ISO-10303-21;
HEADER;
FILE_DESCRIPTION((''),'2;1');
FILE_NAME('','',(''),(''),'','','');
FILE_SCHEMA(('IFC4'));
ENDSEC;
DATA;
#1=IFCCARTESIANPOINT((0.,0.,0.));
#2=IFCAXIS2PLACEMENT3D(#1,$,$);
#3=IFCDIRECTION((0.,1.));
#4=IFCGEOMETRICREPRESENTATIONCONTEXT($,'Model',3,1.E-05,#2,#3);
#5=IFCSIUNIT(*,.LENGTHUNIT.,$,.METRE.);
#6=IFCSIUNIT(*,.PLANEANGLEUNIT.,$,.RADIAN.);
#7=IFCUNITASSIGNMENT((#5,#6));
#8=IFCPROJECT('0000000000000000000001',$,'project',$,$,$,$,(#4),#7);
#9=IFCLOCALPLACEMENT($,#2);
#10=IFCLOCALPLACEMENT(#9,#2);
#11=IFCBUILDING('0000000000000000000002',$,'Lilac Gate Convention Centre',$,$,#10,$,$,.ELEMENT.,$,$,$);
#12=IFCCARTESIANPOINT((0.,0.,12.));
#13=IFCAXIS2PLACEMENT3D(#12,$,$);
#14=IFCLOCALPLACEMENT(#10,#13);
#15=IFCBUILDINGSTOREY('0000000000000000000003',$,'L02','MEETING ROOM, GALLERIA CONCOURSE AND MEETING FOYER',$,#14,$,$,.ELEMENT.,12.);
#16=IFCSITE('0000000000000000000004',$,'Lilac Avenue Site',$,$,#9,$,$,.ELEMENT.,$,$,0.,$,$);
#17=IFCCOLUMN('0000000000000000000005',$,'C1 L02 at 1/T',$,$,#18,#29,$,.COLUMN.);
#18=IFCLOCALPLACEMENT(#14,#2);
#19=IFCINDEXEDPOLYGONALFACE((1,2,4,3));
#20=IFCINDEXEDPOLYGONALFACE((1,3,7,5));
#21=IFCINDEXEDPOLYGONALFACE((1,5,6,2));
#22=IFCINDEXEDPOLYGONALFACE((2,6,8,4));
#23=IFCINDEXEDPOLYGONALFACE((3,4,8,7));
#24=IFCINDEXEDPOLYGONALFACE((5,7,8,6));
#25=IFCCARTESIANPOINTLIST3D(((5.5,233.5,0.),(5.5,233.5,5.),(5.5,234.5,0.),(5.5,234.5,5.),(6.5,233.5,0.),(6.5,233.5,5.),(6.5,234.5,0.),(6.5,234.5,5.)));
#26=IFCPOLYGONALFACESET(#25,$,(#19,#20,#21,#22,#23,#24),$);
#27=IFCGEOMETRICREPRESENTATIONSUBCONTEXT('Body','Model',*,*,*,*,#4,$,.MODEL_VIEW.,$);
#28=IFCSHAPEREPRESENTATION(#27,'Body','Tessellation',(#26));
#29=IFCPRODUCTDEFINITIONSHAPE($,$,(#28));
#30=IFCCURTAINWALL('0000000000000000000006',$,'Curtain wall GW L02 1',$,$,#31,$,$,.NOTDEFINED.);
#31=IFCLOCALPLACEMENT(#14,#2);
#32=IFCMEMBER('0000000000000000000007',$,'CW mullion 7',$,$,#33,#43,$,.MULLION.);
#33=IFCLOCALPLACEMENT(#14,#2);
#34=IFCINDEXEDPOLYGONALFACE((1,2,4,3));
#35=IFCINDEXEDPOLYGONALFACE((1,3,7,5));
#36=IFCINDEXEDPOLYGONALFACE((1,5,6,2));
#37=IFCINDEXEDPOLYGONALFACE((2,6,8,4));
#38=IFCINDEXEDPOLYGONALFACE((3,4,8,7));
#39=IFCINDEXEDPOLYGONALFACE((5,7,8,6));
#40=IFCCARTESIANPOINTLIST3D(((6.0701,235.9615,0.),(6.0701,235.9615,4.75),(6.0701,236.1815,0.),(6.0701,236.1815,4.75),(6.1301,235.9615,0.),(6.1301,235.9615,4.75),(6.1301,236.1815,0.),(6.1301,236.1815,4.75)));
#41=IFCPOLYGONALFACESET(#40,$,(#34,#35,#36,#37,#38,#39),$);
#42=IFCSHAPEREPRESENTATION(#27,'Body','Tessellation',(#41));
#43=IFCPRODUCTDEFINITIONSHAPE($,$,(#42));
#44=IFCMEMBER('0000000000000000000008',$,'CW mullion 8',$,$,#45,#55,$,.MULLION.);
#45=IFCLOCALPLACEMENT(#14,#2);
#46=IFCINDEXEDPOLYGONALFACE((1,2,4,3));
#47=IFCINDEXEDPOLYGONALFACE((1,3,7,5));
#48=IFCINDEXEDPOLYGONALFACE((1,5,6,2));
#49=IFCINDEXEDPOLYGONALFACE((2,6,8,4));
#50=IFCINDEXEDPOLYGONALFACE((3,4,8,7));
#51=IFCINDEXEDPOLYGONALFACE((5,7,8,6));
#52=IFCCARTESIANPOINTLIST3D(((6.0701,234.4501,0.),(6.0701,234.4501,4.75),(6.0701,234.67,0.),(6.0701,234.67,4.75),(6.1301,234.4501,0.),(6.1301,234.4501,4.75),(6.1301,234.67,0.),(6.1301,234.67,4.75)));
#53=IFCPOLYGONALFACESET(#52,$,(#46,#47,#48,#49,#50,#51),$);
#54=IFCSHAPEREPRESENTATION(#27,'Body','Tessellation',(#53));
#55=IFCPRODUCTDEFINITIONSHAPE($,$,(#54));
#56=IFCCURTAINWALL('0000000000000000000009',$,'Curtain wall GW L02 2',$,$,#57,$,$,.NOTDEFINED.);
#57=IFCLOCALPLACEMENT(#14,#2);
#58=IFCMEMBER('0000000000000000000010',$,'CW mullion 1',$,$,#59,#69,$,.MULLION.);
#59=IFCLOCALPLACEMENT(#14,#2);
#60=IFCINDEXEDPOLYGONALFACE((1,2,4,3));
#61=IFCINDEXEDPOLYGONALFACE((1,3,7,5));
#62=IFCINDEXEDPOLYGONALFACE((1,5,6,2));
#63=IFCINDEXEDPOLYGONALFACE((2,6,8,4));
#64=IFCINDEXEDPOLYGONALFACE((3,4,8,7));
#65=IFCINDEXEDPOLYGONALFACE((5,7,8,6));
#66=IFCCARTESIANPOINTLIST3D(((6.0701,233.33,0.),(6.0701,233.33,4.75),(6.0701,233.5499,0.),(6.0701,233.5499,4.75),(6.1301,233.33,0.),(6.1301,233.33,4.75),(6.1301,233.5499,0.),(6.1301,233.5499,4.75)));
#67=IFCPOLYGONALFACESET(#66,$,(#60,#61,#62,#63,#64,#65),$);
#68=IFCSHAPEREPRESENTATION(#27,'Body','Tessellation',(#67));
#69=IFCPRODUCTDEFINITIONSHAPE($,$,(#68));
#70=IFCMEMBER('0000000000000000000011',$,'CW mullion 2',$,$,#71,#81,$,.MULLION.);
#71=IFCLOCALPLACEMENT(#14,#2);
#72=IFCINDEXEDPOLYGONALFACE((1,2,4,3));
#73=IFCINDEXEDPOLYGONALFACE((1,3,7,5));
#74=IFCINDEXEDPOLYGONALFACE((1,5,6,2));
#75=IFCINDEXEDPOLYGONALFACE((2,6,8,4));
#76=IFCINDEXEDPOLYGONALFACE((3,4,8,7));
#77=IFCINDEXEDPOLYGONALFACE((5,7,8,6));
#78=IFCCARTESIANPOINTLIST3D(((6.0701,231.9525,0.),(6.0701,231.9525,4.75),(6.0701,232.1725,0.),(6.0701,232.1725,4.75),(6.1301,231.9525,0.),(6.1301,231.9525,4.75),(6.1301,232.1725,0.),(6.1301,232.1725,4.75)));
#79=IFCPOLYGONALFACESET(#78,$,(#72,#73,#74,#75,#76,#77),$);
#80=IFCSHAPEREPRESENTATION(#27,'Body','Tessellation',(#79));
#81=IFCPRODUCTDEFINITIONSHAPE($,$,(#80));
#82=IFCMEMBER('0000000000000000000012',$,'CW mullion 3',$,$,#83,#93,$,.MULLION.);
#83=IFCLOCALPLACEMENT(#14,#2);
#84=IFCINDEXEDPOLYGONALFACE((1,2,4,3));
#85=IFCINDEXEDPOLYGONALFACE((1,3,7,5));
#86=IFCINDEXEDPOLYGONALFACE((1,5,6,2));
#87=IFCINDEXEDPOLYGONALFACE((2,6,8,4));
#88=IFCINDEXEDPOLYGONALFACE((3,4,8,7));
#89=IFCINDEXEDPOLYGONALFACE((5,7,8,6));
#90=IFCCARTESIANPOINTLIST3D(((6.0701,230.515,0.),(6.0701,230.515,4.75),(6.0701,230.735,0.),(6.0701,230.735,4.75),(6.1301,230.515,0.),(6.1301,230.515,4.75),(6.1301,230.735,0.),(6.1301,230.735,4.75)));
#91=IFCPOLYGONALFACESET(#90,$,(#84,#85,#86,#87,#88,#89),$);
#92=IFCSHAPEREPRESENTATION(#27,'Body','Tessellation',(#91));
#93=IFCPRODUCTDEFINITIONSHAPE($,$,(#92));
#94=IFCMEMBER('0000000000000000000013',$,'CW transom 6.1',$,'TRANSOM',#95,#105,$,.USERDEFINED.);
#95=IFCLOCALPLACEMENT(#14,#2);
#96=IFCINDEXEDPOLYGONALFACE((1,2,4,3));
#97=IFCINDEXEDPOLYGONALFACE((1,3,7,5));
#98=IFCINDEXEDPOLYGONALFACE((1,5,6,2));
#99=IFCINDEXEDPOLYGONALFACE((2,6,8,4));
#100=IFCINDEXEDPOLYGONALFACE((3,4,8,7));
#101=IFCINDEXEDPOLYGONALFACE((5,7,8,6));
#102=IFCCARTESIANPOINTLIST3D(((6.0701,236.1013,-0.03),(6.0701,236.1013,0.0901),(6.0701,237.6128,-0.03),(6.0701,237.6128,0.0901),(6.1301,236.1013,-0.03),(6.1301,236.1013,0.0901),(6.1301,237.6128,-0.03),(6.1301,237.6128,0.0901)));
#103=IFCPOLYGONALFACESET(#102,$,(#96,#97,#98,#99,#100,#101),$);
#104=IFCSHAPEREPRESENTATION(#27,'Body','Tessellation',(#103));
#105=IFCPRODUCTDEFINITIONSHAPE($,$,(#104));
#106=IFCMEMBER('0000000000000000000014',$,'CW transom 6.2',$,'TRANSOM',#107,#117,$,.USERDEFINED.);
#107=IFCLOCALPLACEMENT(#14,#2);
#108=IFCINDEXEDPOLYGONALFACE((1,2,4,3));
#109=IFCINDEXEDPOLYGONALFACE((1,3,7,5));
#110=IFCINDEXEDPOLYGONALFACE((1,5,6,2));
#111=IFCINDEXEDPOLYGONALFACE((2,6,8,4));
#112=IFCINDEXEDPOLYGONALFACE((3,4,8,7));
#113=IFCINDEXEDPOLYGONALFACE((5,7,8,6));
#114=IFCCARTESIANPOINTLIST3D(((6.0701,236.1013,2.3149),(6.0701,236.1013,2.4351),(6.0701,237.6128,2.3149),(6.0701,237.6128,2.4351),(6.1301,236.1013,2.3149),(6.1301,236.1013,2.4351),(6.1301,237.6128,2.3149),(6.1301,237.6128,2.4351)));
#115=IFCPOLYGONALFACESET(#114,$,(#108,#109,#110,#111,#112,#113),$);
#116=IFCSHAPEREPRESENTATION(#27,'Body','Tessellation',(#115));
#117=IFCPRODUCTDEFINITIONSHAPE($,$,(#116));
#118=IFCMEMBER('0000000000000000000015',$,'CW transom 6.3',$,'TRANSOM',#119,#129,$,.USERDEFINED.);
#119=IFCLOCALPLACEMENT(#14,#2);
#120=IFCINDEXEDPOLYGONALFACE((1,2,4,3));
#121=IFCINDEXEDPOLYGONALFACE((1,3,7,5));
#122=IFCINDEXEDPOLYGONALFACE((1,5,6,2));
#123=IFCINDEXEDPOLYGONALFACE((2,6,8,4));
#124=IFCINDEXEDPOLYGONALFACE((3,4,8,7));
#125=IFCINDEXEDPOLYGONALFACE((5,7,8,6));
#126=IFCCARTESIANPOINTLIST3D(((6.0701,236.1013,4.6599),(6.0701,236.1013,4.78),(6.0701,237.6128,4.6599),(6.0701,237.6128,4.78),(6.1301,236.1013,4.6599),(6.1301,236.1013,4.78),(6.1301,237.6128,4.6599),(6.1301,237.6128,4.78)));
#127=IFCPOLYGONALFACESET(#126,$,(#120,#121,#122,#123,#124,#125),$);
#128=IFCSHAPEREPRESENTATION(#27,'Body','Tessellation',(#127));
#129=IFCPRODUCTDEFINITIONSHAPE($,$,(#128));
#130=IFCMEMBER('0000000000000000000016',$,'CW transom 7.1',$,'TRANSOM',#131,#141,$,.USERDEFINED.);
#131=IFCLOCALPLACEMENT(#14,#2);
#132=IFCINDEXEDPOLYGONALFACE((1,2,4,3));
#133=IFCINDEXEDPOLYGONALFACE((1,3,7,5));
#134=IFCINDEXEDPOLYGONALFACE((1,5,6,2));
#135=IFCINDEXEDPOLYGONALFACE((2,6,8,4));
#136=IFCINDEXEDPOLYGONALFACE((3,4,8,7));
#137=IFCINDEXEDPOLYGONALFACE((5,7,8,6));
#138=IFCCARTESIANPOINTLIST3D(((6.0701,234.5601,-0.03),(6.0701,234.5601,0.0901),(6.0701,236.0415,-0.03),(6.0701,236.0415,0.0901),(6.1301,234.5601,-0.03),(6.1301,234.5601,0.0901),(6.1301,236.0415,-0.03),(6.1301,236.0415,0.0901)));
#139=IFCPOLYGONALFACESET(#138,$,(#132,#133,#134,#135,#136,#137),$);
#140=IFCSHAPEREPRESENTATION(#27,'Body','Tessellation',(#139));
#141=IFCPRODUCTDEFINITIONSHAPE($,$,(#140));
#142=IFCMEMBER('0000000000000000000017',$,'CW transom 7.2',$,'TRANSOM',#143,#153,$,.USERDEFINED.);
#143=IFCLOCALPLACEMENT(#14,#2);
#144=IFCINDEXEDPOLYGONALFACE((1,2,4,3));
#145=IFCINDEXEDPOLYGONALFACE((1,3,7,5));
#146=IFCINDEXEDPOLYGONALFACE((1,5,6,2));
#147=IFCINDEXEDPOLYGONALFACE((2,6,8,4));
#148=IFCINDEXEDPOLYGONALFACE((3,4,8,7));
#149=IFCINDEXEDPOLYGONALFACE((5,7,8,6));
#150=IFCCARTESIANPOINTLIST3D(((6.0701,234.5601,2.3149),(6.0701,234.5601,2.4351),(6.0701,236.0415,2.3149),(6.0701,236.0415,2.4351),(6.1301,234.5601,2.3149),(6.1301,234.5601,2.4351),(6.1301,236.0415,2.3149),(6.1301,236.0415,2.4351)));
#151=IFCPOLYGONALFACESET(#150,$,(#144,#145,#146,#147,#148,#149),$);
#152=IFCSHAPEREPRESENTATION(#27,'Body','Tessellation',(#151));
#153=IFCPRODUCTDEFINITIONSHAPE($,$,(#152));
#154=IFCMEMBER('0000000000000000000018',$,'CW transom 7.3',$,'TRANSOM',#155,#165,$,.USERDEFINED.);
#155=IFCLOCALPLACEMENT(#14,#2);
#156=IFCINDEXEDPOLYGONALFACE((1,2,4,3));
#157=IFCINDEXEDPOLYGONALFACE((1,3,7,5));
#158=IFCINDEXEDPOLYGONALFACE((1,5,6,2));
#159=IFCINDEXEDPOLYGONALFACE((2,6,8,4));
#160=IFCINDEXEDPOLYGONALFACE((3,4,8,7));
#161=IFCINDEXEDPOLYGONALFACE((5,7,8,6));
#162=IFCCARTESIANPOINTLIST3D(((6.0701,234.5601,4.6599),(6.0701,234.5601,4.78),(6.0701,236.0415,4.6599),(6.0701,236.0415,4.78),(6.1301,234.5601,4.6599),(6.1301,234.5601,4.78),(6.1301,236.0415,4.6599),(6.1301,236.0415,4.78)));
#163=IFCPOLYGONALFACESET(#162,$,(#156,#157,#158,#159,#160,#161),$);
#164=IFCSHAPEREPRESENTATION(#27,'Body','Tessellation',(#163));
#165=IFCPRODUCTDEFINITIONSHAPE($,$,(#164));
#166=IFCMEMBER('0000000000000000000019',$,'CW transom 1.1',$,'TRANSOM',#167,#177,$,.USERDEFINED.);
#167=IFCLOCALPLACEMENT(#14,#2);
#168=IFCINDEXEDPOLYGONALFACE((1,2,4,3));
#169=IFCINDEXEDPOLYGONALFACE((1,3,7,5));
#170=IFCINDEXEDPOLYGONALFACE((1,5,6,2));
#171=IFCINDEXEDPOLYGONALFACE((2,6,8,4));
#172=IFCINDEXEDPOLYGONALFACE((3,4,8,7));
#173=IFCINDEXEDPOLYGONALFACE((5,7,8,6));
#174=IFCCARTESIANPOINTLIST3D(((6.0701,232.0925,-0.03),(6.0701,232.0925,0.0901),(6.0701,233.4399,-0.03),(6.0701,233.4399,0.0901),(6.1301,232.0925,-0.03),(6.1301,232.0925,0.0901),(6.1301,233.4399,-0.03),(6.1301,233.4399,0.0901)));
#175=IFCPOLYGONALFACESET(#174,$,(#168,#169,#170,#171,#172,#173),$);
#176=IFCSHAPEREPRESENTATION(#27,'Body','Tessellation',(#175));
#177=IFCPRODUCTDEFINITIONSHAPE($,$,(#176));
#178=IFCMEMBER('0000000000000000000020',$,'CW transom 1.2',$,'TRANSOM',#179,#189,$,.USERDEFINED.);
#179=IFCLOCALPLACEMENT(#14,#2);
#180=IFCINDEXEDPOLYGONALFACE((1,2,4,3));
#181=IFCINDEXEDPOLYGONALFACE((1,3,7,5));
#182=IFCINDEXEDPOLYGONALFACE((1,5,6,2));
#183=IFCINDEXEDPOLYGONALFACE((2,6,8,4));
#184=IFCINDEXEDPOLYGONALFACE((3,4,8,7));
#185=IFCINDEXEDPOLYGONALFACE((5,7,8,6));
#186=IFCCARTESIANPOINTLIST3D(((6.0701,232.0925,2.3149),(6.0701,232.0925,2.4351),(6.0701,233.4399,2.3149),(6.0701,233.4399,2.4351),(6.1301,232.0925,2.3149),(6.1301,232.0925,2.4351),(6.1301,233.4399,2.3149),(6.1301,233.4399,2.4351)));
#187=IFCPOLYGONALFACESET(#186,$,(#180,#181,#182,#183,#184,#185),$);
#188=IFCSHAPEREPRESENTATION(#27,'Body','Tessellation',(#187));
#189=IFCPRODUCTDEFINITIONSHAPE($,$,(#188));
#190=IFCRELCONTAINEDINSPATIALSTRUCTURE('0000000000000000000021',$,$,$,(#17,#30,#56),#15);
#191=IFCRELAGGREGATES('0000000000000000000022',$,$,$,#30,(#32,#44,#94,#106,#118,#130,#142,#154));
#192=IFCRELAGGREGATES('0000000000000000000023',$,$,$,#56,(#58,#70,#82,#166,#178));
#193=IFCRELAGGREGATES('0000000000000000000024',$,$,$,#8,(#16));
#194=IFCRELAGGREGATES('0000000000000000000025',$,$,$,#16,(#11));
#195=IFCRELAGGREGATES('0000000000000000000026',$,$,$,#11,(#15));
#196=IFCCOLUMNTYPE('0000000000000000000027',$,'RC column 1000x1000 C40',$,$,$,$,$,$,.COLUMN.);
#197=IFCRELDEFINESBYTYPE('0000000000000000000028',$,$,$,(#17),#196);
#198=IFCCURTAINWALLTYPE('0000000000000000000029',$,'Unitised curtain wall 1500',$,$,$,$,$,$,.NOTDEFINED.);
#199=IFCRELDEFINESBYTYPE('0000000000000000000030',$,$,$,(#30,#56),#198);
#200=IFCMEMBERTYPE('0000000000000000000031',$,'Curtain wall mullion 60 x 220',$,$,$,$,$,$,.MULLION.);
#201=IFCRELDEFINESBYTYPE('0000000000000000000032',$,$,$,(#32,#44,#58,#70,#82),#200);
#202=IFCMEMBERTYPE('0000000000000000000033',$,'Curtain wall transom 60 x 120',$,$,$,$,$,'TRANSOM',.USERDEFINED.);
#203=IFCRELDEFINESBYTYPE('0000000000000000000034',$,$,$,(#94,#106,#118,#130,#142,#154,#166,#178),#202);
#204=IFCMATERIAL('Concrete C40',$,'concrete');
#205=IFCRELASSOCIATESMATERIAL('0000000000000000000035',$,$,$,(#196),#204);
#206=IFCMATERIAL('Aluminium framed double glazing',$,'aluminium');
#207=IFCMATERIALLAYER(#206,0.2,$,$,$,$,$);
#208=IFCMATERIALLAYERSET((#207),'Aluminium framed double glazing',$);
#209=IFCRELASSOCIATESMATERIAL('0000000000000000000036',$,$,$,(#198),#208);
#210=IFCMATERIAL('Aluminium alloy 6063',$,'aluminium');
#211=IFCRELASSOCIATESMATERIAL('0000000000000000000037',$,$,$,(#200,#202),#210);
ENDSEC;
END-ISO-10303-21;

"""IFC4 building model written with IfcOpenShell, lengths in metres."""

from ifc_helpers import new_model, si_unit, direction, frame, origin, origin_2d, place, context, subcontext, project, spatial, rectangle, extrude, material, layer, layer_set, material_profile, profile_set, type_object, element, aggregate, save


model = new_model("IFC4")

# Units and contexts
model_context = context("Model", 3, precision=1e-05, world=origin(), true_north=direction((0.0, 1.0)))
body_context = subcontext(model_context, "Body", "Model", "MODEL_VIEW")
ifc_project = project(units=[si_unit("LENGTHUNIT", "METRE"), si_unit("PLANEANGLEUNIT", "RADIAN")], contexts=[model_context])

# Site, building, storey
site_placement = place(None, origin())
site = spatial("IfcSite", under=ifc_project, at=site_placement, Name="Lilac Avenue Site", CompositionType="ELEMENT", RefElevation=0.0)
building_placement = place(site_placement, origin())
building = spatial("IfcBuilding", under=site, at=building_placement, Name="Lilac Gate Convention Centre", CompositionType="ELEMENT")
storey_placement = place(building_placement, frame((0.0, 0.0, 12.0)))
storey = spatial("IfcBuildingStorey", under=building, at=storey_placement, Name="L02", Description="MEETING ROOM, GALLERIA CONCOURSE AND MEETING FOYER", CompositionType="ELEMENT", Elevation=12.0)

# Column
ifc_material_1 = material(Name="Concrete C40", Category="concrete")
ifc_material_profile_1 = material_profile(ifc_material_1, rectangle(XDim=1.0, YDim=1.0, at=origin_2d()), Name="RC 1000x1000")
ifc_profile_set_1 = profile_set([ifc_material_profile_1], Name="Concrete C40")
column_type = type_object("IfcColumnType", Name="RC column 1000x1000 C40", PredefinedType="COLUMN", material=ifc_profile_set_1)
column_placement = place(storey_placement, frame((6.0, 234.0, 0.0), z_axis=(0.0, 0.0, 1.0), x_axis=(1.0, 0.0, 0.0)))
element("IfcColumn", 1, at=column_placement, inside=storey, type_object=column_type, Name="C1 L02 at 1/T", PredefinedType="COLUMN", context=body_context, shape_type="SweptSolid", body=[
    extrude(rectangle(XDim=1.0, YDim=1.0, at=origin_2d()), origin(), (0.0, 0.0, 1.0), 5.0),
])

# Curtain walls, members
ifc_material_2 = material(Name="Aluminium framed double glazing", Category="aluminium")
ifc_layer_1 = layer(ifc_material_2, 0.2)
ifc_layer_set_1 = layer_set([ifc_layer_1], Name="Aluminium framed double glazing")
curtain_wall_type = type_object("IfcCurtainWallType", Name="Unitised curtain wall 1500", PredefinedType="NOTDEFINED", material=ifc_layer_set_1)
curtain_wall_1_placement = place(storey_placement, origin())
curtain_wall_1 = element("IfcCurtainWall", 2, at=curtain_wall_1_placement, inside=storey, type_object=curtain_wall_type, Name="Curtain wall GW L02 1", PredefinedType="NOTDEFINED")
ifc_material_3 = material(Name="Aluminium alloy 6063", Category="aluminium")
ifc_material_profile_2 = material_profile(ifc_material_3, rectangle(XDim=0.0601, YDim=0.22, at=origin_2d()), Name="Curtain wall mullion 60 x 220")
ifc_profile_set_2 = profile_set([ifc_material_profile_2], Name="Aluminium alloy 6063")
member_type_1 = type_object("IfcMemberType", Name="Curtain wall mullion 60 x 220", PredefinedType="MULLION", material=ifc_profile_set_2)
member_1_placement = place(storey_placement, frame((6.1001, 236.0715, 0.0), z_axis=(0.0, 0.0, 1.0), x_axis=(1.0, 0.0, 0.0)))
member_1 = element("IfcMember", 3, at=member_1_placement, type_object=member_type_1, Name="CW mullion 7", PredefinedType="MULLION", context=body_context, shape_type="SweptSolid", body=[
    extrude(rectangle(XDim=0.0601, YDim=0.22, at=origin_2d()), origin(), (0.0, 0.0, 1.0), 4.75),
])
member_2_placement = place(storey_placement, frame((6.1001, 234.5601, 0.0), z_axis=(0.0, 0.0, 1.0), x_axis=(1.0, 0.0, 0.0)))
member_2 = element("IfcMember", 4, at=member_2_placement, type_object=member_type_1, Name="CW mullion 8", PredefinedType="MULLION", context=body_context, shape_type="SweptSolid", body=[
    extrude(rectangle(XDim=0.0601, YDim=0.22, at=origin_2d()), origin(), (0.0, 0.0, 1.0), 4.75),
])
curtain_wall_2_placement = place(storey_placement, origin())
curtain_wall_2 = element("IfcCurtainWall", 5, at=curtain_wall_2_placement, inside=storey, type_object=curtain_wall_type, Name="Curtain wall GW L02 2", PredefinedType="NOTDEFINED")
member_3_placement = place(storey_placement, frame((6.1001, 233.4399, 0.0), z_axis=(0.0, 0.0, 1.0), x_axis=(1.0, 0.0, 0.0)))
member_3 = element("IfcMember", 6, at=member_3_placement, type_object=member_type_1, Name="CW mullion 1", PredefinedType="MULLION", context=body_context, shape_type="SweptSolid", body=[
    extrude(rectangle(XDim=0.0601, YDim=0.22, at=origin_2d()), origin(), (0.0, 0.0, 1.0), 4.75),
])
member_4_placement = place(storey_placement, frame((6.1001, 232.0625, 0.0), z_axis=(0.0, 0.0, 1.0), x_axis=(1.0, 0.0, 0.0)))
member_4 = element("IfcMember", 7, at=member_4_placement, type_object=member_type_1, Name="CW mullion 2", PredefinedType="MULLION", context=body_context, shape_type="SweptSolid", body=[
    extrude(rectangle(XDim=0.0601, YDim=0.22, at=origin_2d()), origin(), (0.0, 0.0, 1.0), 4.75),
])
member_5_placement = place(storey_placement, frame((6.1001, 230.625, 0.0), z_axis=(0.0, 0.0, 1.0), x_axis=(1.0, 0.0, 0.0)))
member_5 = element("IfcMember", 8, at=member_5_placement, type_object=member_type_1, Name="CW mullion 3", PredefinedType="MULLION", context=body_context, shape_type="SweptSolid", body=[
    extrude(rectangle(XDim=0.0601, YDim=0.22, at=origin_2d()), origin(), (0.0, 0.0, 1.0), 4.75),
])

# Members
ifc_material_profile_3 = material_profile(ifc_material_3, rectangle(XDim=0.0601, YDim=0.1201, at=origin_2d()), Name="Curtain wall transom 60 x 120")
ifc_profile_set_3 = profile_set([ifc_material_profile_3], Name="Aluminium alloy 6063")
member_type_2 = type_object("IfcMemberType", Name="Curtain wall transom 60 x 120", ElementType="TRANSOM", PredefinedType="USERDEFINED", material=ifc_profile_set_3)
member_6_placement = place(storey_placement, frame((6.1001, 237.6128, 0.03), z_axis=(0.0, -1.0, 0.0), x_axis=(1.0, 0.0, 0.0)))
member_6 = element("IfcMember", 9, at=member_6_placement, type_object=member_type_2, Name="CW transom 6.1", ObjectType="TRANSOM", PredefinedType="USERDEFINED", context=body_context, shape_type="SweptSolid", body=[
    extrude(rectangle(XDim=0.0601, YDim=0.1201, at=origin_2d()), origin(), (0.0, 0.0, 1.0), 1.5115),
])
member_7_placement = place(storey_placement, frame((6.1001, 237.6128, 2.375), z_axis=(0.0, -1.0, 0.0), x_axis=(1.0, 0.0, 0.0)))
member_7 = element("IfcMember", 10, at=member_7_placement, type_object=member_type_2, Name="CW transom 6.2", ObjectType="TRANSOM", PredefinedType="USERDEFINED", context=body_context, shape_type="SweptSolid", body=[
    extrude(rectangle(XDim=0.0601, YDim=0.1201, at=origin_2d()), origin(), (0.0, 0.0, 1.0), 1.5115),
])
member_8_placement = place(storey_placement, frame((6.1001, 237.6128, 4.72), z_axis=(0.0, -1.0, 0.0), x_axis=(1.0, 0.0, 0.0)))
member_8 = element("IfcMember", 11, at=member_8_placement, type_object=member_type_2, Name="CW transom 6.3", ObjectType="TRANSOM", PredefinedType="USERDEFINED", context=body_context, shape_type="SweptSolid", body=[
    extrude(rectangle(XDim=0.0601, YDim=0.1201, at=origin_2d()), origin(), (0.0, 0.0, 1.0), 1.5115),
])
member_9_placement = place(storey_placement, frame((6.1001, 236.0415, 0.03), z_axis=(0.0, -1.0, 0.0), x_axis=(1.0, 0.0, 0.0)))
member_9 = element("IfcMember", 12, at=member_9_placement, type_object=member_type_2, Name="CW transom 7.1", ObjectType="TRANSOM", PredefinedType="USERDEFINED", context=body_context, shape_type="SweptSolid", body=[
    extrude(rectangle(XDim=0.0601, YDim=0.1201, at=origin_2d()), origin(), (0.0, 0.0, 1.0), 1.4814),
])
member_10_placement = place(storey_placement, frame((6.1001, 236.0415, 2.375), z_axis=(0.0, -1.0, 0.0), x_axis=(1.0, 0.0, 0.0)))
member_10 = element("IfcMember", 13, at=member_10_placement, type_object=member_type_2, Name="CW transom 7.2", ObjectType="TRANSOM", PredefinedType="USERDEFINED", context=body_context, shape_type="SweptSolid", body=[
    extrude(rectangle(XDim=0.0601, YDim=0.1201, at=origin_2d()), origin(), (0.0, 0.0, 1.0), 1.4814),
])
member_11_placement = place(storey_placement, frame((6.1001, 236.0415, 4.72), z_axis=(0.0, -1.0, 0.0), x_axis=(1.0, 0.0, 0.0)))
member_11 = element("IfcMember", 14, at=member_11_placement, type_object=member_type_2, Name="CW transom 7.3", ObjectType="TRANSOM", PredefinedType="USERDEFINED", context=body_context, shape_type="SweptSolid", body=[
    extrude(rectangle(XDim=0.0601, YDim=0.1201, at=origin_2d()), origin(), (0.0, 0.0, 1.0), 1.4814),
])
member_12_placement = place(storey_placement, frame((6.1001, 233.4399, 0.03), z_axis=(0.0, -1.0, 0.0), x_axis=(1.0, 0.0, 0.0)))
member_12 = element("IfcMember", 15, at=member_12_placement, type_object=member_type_2, Name="CW transom 1.1", ObjectType="TRANSOM", PredefinedType="USERDEFINED", context=body_context, shape_type="SweptSolid", body=[
    extrude(rectangle(XDim=0.0601, YDim=0.1201, at=origin_2d()), origin(), (0.0, 0.0, 1.0), 1.3474),
])
member_13_placement = place(storey_placement, frame((6.1001, 233.4399, 2.375), z_axis=(0.0, -1.0, 0.0), x_axis=(1.0, 0.0, 0.0)))
member_13 = element("IfcMember", 16, at=member_13_placement, type_object=member_type_2, Name="CW transom 1.2", ObjectType="TRANSOM", PredefinedType="USERDEFINED", context=body_context, shape_type="SweptSolid", body=[
    extrude(rectangle(XDim=0.0601, YDim=0.1201, at=origin_2d()), origin(), (0.0, 0.0, 1.0), 1.3474),
])

aggregate(curtain_wall_1, [member_1, member_2, member_6, member_7, member_8, member_9, member_10, member_11])
aggregate(curtain_wall_2, [member_3, member_4, member_5, member_12, member_13])

save(model, "model.ifc")
